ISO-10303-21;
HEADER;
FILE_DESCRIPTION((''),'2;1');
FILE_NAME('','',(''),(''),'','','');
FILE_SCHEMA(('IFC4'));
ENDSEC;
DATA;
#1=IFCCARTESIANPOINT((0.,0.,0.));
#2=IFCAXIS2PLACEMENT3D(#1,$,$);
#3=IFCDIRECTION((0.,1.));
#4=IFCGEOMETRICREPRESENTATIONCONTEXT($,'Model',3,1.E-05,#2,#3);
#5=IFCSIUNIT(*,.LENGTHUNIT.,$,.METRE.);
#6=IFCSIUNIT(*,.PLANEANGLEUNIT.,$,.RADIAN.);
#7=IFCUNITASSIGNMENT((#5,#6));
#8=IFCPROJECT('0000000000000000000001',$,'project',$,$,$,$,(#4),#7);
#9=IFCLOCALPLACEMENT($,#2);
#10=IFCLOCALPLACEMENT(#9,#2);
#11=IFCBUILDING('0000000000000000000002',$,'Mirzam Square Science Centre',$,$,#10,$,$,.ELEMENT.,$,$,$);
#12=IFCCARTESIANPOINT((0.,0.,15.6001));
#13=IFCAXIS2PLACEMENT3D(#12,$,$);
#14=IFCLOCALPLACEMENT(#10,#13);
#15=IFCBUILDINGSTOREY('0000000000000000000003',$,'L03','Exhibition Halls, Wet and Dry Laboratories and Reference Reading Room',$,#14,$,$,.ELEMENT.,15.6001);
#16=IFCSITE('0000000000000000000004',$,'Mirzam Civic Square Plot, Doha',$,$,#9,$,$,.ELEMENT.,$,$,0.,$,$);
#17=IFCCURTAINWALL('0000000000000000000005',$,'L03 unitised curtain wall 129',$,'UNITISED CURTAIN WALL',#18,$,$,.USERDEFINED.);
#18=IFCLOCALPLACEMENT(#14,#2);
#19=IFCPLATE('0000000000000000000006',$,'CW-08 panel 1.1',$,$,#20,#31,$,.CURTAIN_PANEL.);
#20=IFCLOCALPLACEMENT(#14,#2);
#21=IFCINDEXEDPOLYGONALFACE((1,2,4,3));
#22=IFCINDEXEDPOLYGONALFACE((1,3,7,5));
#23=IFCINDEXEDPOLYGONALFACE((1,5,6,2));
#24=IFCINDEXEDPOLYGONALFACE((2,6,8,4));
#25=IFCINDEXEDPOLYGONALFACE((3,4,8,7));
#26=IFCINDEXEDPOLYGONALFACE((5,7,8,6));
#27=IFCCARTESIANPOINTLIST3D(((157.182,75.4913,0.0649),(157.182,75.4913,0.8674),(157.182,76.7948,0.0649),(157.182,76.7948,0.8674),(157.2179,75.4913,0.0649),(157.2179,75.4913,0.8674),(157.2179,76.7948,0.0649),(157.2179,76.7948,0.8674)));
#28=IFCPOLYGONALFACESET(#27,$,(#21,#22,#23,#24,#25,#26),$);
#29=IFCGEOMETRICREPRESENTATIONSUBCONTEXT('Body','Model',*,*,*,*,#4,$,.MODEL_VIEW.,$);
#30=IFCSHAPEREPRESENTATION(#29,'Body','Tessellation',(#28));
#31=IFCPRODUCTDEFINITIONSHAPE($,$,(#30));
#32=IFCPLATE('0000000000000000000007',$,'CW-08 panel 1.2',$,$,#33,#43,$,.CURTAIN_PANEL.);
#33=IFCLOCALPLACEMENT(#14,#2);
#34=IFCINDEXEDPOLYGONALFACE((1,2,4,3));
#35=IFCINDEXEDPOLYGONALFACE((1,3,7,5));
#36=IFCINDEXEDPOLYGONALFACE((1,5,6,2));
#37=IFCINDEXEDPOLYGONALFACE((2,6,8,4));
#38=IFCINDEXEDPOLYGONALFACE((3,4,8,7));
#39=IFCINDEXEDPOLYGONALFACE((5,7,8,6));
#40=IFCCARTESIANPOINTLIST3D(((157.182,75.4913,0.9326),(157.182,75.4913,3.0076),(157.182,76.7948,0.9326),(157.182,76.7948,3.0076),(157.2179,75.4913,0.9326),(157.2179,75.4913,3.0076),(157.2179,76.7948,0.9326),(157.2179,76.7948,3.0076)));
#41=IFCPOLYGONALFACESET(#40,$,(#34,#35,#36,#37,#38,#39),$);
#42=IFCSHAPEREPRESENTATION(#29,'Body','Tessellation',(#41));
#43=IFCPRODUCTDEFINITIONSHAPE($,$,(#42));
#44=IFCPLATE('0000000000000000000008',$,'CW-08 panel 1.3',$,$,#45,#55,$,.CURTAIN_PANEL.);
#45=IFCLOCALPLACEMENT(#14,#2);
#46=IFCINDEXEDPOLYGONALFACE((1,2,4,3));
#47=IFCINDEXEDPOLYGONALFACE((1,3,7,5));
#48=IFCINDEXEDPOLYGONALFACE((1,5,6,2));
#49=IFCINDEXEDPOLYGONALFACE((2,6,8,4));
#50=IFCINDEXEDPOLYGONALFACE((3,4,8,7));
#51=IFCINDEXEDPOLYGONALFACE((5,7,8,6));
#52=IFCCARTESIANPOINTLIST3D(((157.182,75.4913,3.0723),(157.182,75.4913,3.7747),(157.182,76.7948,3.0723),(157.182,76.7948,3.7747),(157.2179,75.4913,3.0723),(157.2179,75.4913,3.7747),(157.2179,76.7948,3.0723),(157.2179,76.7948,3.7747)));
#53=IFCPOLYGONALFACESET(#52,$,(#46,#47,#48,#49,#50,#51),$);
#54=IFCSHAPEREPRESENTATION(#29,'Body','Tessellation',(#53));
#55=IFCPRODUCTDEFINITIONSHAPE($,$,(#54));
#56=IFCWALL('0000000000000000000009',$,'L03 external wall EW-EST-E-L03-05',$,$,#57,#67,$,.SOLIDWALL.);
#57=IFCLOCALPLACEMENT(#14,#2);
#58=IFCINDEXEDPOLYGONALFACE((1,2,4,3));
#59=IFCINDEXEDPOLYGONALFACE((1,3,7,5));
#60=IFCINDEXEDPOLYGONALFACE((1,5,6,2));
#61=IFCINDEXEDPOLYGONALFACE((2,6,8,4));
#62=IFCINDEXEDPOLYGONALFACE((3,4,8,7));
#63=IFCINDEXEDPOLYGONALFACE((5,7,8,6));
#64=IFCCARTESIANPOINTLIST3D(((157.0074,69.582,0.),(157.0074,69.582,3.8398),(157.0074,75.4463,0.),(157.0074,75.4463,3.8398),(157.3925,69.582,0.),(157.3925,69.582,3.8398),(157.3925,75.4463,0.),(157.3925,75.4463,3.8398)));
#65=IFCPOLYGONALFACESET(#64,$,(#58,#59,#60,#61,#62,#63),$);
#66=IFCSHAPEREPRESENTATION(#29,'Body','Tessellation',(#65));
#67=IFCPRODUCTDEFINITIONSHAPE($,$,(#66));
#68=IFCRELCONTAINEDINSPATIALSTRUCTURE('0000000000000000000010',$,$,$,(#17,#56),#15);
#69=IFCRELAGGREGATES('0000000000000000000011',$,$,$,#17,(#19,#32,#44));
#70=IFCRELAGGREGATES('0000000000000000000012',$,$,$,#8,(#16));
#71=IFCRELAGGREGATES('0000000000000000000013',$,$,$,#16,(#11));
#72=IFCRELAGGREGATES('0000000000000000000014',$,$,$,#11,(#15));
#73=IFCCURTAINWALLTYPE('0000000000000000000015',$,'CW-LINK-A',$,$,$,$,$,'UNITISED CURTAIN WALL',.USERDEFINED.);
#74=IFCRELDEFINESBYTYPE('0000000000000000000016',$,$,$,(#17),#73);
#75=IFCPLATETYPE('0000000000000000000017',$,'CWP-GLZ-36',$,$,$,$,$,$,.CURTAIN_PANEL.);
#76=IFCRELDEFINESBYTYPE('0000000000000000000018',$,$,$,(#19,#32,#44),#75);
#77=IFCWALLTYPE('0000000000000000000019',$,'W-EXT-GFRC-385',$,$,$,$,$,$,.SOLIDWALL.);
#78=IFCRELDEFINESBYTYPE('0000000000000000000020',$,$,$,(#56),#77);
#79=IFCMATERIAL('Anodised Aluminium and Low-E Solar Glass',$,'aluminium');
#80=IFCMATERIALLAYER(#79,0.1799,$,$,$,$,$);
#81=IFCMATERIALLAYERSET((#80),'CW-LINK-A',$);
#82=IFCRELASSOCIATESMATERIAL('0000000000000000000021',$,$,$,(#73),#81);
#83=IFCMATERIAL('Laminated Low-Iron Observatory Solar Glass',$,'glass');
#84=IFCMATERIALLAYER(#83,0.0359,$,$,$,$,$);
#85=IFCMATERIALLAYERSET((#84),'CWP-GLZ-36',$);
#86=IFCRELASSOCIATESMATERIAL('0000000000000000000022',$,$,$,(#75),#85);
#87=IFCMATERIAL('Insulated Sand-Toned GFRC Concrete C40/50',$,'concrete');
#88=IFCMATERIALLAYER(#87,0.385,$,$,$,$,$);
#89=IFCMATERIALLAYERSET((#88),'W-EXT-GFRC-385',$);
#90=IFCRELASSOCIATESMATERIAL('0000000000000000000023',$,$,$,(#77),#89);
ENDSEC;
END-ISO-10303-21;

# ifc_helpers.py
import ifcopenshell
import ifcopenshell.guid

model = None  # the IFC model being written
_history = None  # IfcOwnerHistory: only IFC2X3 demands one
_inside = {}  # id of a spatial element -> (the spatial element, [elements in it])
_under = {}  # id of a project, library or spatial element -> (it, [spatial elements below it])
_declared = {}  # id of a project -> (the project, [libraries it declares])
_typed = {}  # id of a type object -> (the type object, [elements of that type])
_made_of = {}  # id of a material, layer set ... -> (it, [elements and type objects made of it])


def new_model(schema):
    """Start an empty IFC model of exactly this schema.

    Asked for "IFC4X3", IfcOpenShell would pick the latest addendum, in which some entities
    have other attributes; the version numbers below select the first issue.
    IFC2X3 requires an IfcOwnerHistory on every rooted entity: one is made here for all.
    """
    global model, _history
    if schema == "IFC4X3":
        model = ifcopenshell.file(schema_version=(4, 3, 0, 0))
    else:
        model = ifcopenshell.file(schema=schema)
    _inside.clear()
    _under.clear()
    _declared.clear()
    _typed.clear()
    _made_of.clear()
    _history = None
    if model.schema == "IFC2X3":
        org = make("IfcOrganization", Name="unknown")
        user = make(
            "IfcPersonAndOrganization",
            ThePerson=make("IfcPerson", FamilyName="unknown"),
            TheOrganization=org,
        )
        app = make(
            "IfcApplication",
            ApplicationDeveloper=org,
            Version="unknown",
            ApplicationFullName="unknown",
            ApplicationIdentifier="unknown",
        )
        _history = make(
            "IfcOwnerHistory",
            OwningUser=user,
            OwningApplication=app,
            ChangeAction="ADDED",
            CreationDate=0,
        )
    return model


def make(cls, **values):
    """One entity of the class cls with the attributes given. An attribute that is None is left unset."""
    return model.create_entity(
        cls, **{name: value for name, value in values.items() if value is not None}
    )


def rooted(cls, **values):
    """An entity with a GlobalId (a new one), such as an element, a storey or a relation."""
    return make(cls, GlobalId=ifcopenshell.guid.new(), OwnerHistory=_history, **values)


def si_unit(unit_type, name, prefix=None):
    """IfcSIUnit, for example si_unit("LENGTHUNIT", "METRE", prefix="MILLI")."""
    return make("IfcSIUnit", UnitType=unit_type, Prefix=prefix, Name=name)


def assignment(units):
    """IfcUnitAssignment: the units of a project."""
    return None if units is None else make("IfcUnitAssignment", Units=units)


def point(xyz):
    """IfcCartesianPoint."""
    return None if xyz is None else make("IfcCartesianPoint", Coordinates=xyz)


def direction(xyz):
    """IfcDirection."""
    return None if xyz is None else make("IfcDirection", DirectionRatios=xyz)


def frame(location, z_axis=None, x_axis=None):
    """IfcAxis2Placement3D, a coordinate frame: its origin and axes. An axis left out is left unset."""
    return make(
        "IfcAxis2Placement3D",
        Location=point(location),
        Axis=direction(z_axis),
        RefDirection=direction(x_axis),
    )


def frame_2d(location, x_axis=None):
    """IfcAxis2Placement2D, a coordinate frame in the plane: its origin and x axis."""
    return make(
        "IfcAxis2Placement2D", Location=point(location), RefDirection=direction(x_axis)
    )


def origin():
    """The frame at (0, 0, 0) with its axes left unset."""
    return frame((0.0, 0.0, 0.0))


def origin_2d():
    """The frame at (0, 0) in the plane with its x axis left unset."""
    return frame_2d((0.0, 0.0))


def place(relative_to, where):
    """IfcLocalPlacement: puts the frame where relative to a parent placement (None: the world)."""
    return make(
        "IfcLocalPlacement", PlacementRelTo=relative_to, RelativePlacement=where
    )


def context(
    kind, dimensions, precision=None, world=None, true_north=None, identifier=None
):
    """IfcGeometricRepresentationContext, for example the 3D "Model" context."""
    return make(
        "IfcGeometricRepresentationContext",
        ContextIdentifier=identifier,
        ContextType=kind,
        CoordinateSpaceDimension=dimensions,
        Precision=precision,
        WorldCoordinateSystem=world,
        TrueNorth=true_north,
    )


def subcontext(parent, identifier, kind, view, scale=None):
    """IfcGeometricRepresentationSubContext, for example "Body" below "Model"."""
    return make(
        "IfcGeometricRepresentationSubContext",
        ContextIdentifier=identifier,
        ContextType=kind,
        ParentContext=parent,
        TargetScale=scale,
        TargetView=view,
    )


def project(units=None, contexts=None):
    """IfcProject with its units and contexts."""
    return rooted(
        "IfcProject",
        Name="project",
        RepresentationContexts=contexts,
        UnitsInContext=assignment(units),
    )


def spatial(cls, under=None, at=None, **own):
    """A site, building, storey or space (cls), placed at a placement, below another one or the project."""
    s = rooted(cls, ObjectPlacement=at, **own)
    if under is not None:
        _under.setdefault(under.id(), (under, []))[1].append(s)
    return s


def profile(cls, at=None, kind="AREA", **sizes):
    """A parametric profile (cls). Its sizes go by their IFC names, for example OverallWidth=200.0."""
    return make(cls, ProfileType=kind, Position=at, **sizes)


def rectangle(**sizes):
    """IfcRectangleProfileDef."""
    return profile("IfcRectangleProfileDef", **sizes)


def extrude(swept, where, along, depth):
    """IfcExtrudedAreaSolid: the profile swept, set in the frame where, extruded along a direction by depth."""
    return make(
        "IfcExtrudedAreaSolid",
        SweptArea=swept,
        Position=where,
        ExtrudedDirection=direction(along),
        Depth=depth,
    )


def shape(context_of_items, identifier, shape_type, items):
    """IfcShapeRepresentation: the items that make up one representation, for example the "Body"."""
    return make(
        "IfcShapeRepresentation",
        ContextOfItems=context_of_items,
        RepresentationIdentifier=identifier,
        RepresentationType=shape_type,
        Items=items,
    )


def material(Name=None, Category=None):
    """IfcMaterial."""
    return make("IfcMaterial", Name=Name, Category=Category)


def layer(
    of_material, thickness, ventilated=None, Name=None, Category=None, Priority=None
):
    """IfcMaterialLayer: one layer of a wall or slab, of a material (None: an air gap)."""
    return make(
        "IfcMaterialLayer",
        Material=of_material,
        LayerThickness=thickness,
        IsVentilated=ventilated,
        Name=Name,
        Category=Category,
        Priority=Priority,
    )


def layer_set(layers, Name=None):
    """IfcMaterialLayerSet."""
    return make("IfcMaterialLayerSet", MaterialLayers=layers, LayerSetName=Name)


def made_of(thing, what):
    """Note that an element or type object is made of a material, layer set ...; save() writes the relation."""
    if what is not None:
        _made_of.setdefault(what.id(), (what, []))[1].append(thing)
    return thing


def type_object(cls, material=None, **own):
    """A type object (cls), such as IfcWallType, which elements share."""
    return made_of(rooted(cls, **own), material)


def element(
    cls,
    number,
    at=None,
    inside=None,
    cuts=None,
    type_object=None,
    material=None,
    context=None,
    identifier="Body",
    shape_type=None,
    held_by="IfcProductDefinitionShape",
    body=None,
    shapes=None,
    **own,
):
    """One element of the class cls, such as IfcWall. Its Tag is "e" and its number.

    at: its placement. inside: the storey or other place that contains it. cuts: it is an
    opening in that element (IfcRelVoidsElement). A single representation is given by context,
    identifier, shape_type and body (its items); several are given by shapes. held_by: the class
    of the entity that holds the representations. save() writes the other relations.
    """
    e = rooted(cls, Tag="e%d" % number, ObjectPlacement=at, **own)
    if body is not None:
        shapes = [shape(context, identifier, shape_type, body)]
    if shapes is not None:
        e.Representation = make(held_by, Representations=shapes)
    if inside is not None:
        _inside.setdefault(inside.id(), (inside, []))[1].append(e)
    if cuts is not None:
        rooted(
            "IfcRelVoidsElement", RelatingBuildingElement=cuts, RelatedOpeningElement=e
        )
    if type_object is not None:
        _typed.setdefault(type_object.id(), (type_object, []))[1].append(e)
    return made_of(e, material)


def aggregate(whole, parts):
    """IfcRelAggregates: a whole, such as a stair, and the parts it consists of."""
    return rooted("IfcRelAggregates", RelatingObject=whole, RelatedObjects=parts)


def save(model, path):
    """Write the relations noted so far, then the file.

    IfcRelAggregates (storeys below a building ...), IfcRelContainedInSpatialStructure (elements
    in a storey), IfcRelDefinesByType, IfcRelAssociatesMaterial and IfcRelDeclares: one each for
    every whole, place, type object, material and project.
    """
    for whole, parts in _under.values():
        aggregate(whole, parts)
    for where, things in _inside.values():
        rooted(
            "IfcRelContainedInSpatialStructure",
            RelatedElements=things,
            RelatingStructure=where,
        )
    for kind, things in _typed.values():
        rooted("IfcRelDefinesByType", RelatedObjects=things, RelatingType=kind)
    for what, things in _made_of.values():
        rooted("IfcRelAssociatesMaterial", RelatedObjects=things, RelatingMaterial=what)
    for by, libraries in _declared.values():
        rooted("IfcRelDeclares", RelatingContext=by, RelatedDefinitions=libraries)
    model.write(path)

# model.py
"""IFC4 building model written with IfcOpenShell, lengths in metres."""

from ifc_helpers import new_model, si_unit, direction, frame, frame_2d, origin, origin_2d, place, context, subcontext, project, spatial, rectangle, extrude, material, layer, layer_set, type_object, element, aggregate, save


model = new_model("IFC4")

# Units and contexts
model_context = context("Model", 3, precision=1e-05, world=origin(), true_north=direction((0.0, 1.0)))
body_context = subcontext(model_context, "Body", "Model", "MODEL_VIEW")
ifc_project = project(units=[si_unit("LENGTHUNIT", "METRE"), si_unit("PLANEANGLEUNIT", "RADIAN")], contexts=[model_context])

# Site, building, storey
site_placement = place(None, origin())
site = spatial("IfcSite", under=ifc_project, at=site_placement, Name="Mirzam Civic Square Plot, Doha", CompositionType="ELEMENT", RefElevation=0.0)
building_placement = place(site_placement, origin())
building = spatial("IfcBuilding", under=site, at=building_placement, Name="Mirzam Square Science Centre", CompositionType="ELEMENT")
storey_placement = place(building_placement, frame((0.0, 0.0, 15.6001)))
storey = spatial("IfcBuildingStorey", under=building, at=storey_placement, Name="L03", Description="Exhibition Halls, Wet and Dry Laboratories and Reference Reading Room", CompositionType="ELEMENT", Elevation=15.6001)

# Curtain wall
ifc_material_1 = material(Name="Anodised Aluminium and Low-E Solar Glass", Category="aluminium")
ifc_layer_1 = layer(ifc_material_1, 0.1799)
ifc_layer_set_1 = layer_set([ifc_layer_1], Name="CW-LINK-A")
curtain_wall_type_1 = type_object("IfcCurtainWallType", Name="CW-LINK-A", ElementType="UNITISED CURTAIN WALL", PredefinedType="USERDEFINED", material=ifc_layer_set_1)
curtain_wall_1_placement = place(storey_placement, origin())
curtain_wall_1 = element("IfcCurtainWall", 1, at=curtain_wall_1_placement, inside=storey, type_object=curtain_wall_type_1, Name="L03 unitised curtain wall 129", ObjectType="UNITISED CURTAIN WALL", PredefinedType="USERDEFINED")

# Plates
ifc_material_2 = material(Name="Laminated Low-Iron Observatory Solar Glass", Category="glass")
ifc_layer_2 = layer(ifc_material_2, 0.0359)
ifc_layer_set_2 = layer_set([ifc_layer_2], Name="CWP-GLZ-36")
plate_type = type_object("IfcPlateType", Name="CWP-GLZ-36", PredefinedType="CURTAIN_PANEL", material=ifc_layer_set_2)
plate_1_placement = place(storey_placement, frame((157.2, 76.1431, 0.0649), z_axis=(0.0, 0.0, 1.0), x_axis=(0.0, 1.0, 0.0)))
plate_1 = element("IfcPlate", 2, at=plate_1_placement, type_object=plate_type, Name="CW-08 panel 1.1", PredefinedType="CURTAIN_PANEL", context=body_context, shape_type="SweptSolid", body=[
    extrude(rectangle(XDim=1.3035, YDim=0.0359, at=origin_2d()), origin(), (0.0, 0.0, 1.0), 0.8025),
])
plate_2_placement = place(storey_placement, frame((157.2, 76.1431, 0.9326), z_axis=(0.0, 0.0, 1.0), x_axis=(0.0, 1.0, 0.0)))
plate_2 = element("IfcPlate", 3, at=plate_2_placement, type_object=plate_type, Name="CW-08 panel 1.2", PredefinedType="CURTAIN_PANEL", context=body_context, shape_type="SweptSolid", body=[
    extrude(rectangle(XDim=1.3035, YDim=0.0359, at=origin_2d()), origin(), (0.0, 0.0, 1.0), 2.075),
])
plate_3_placement = place(storey_placement, frame((157.2, 76.1431, 3.0723), z_axis=(0.0, 0.0, 1.0), x_axis=(0.0, 1.0, 0.0)))
plate_3 = element("IfcPlate", 4, at=plate_3_placement, type_object=plate_type, Name="CW-08 panel 1.3", PredefinedType="CURTAIN_PANEL", context=body_context, shape_type="SweptSolid", body=[
    extrude(rectangle(XDim=1.3035, YDim=0.0359, at=origin_2d()), origin(), (0.0, 0.0, 1.0), 0.7024),
])
aggregate(curtain_wall_1, [plate_1, plate_2, plate_3])

# Wall
ifc_material_3 = material(Name="Insulated Sand-Toned GFRC Concrete C40/50", Category="concrete")
ifc_layer_3 = layer(ifc_material_3, 0.385)
ifc_layer_set_3 = layer_set([ifc_layer_3], Name="W-EXT-GFRC-385")
wall_type = type_object("IfcWallType", Name="W-EXT-GFRC-385", PredefinedType="SOLIDWALL", material=ifc_layer_set_3)
wall_placement = place(storey_placement, frame((157.2, 69.582, 0.0), z_axis=(0.0, 0.0, 1.0), x_axis=(0.0, 1.0, 0.0)))
element("IfcWall", 5, at=wall_placement, inside=storey, type_object=wall_type, Name="L03 external wall EW-EST-E-L03-05", PredefinedType="SOLIDWALL", context=body_context, shape_type="SweptSolid", body=[
    extrude(rectangle(XDim=5.8643, YDim=0.385, at=frame_2d((2.9321, 0.0))), origin(), (0.0, 0.0, 1.0), 3.8398),
])

save(model, "model.ifc")
